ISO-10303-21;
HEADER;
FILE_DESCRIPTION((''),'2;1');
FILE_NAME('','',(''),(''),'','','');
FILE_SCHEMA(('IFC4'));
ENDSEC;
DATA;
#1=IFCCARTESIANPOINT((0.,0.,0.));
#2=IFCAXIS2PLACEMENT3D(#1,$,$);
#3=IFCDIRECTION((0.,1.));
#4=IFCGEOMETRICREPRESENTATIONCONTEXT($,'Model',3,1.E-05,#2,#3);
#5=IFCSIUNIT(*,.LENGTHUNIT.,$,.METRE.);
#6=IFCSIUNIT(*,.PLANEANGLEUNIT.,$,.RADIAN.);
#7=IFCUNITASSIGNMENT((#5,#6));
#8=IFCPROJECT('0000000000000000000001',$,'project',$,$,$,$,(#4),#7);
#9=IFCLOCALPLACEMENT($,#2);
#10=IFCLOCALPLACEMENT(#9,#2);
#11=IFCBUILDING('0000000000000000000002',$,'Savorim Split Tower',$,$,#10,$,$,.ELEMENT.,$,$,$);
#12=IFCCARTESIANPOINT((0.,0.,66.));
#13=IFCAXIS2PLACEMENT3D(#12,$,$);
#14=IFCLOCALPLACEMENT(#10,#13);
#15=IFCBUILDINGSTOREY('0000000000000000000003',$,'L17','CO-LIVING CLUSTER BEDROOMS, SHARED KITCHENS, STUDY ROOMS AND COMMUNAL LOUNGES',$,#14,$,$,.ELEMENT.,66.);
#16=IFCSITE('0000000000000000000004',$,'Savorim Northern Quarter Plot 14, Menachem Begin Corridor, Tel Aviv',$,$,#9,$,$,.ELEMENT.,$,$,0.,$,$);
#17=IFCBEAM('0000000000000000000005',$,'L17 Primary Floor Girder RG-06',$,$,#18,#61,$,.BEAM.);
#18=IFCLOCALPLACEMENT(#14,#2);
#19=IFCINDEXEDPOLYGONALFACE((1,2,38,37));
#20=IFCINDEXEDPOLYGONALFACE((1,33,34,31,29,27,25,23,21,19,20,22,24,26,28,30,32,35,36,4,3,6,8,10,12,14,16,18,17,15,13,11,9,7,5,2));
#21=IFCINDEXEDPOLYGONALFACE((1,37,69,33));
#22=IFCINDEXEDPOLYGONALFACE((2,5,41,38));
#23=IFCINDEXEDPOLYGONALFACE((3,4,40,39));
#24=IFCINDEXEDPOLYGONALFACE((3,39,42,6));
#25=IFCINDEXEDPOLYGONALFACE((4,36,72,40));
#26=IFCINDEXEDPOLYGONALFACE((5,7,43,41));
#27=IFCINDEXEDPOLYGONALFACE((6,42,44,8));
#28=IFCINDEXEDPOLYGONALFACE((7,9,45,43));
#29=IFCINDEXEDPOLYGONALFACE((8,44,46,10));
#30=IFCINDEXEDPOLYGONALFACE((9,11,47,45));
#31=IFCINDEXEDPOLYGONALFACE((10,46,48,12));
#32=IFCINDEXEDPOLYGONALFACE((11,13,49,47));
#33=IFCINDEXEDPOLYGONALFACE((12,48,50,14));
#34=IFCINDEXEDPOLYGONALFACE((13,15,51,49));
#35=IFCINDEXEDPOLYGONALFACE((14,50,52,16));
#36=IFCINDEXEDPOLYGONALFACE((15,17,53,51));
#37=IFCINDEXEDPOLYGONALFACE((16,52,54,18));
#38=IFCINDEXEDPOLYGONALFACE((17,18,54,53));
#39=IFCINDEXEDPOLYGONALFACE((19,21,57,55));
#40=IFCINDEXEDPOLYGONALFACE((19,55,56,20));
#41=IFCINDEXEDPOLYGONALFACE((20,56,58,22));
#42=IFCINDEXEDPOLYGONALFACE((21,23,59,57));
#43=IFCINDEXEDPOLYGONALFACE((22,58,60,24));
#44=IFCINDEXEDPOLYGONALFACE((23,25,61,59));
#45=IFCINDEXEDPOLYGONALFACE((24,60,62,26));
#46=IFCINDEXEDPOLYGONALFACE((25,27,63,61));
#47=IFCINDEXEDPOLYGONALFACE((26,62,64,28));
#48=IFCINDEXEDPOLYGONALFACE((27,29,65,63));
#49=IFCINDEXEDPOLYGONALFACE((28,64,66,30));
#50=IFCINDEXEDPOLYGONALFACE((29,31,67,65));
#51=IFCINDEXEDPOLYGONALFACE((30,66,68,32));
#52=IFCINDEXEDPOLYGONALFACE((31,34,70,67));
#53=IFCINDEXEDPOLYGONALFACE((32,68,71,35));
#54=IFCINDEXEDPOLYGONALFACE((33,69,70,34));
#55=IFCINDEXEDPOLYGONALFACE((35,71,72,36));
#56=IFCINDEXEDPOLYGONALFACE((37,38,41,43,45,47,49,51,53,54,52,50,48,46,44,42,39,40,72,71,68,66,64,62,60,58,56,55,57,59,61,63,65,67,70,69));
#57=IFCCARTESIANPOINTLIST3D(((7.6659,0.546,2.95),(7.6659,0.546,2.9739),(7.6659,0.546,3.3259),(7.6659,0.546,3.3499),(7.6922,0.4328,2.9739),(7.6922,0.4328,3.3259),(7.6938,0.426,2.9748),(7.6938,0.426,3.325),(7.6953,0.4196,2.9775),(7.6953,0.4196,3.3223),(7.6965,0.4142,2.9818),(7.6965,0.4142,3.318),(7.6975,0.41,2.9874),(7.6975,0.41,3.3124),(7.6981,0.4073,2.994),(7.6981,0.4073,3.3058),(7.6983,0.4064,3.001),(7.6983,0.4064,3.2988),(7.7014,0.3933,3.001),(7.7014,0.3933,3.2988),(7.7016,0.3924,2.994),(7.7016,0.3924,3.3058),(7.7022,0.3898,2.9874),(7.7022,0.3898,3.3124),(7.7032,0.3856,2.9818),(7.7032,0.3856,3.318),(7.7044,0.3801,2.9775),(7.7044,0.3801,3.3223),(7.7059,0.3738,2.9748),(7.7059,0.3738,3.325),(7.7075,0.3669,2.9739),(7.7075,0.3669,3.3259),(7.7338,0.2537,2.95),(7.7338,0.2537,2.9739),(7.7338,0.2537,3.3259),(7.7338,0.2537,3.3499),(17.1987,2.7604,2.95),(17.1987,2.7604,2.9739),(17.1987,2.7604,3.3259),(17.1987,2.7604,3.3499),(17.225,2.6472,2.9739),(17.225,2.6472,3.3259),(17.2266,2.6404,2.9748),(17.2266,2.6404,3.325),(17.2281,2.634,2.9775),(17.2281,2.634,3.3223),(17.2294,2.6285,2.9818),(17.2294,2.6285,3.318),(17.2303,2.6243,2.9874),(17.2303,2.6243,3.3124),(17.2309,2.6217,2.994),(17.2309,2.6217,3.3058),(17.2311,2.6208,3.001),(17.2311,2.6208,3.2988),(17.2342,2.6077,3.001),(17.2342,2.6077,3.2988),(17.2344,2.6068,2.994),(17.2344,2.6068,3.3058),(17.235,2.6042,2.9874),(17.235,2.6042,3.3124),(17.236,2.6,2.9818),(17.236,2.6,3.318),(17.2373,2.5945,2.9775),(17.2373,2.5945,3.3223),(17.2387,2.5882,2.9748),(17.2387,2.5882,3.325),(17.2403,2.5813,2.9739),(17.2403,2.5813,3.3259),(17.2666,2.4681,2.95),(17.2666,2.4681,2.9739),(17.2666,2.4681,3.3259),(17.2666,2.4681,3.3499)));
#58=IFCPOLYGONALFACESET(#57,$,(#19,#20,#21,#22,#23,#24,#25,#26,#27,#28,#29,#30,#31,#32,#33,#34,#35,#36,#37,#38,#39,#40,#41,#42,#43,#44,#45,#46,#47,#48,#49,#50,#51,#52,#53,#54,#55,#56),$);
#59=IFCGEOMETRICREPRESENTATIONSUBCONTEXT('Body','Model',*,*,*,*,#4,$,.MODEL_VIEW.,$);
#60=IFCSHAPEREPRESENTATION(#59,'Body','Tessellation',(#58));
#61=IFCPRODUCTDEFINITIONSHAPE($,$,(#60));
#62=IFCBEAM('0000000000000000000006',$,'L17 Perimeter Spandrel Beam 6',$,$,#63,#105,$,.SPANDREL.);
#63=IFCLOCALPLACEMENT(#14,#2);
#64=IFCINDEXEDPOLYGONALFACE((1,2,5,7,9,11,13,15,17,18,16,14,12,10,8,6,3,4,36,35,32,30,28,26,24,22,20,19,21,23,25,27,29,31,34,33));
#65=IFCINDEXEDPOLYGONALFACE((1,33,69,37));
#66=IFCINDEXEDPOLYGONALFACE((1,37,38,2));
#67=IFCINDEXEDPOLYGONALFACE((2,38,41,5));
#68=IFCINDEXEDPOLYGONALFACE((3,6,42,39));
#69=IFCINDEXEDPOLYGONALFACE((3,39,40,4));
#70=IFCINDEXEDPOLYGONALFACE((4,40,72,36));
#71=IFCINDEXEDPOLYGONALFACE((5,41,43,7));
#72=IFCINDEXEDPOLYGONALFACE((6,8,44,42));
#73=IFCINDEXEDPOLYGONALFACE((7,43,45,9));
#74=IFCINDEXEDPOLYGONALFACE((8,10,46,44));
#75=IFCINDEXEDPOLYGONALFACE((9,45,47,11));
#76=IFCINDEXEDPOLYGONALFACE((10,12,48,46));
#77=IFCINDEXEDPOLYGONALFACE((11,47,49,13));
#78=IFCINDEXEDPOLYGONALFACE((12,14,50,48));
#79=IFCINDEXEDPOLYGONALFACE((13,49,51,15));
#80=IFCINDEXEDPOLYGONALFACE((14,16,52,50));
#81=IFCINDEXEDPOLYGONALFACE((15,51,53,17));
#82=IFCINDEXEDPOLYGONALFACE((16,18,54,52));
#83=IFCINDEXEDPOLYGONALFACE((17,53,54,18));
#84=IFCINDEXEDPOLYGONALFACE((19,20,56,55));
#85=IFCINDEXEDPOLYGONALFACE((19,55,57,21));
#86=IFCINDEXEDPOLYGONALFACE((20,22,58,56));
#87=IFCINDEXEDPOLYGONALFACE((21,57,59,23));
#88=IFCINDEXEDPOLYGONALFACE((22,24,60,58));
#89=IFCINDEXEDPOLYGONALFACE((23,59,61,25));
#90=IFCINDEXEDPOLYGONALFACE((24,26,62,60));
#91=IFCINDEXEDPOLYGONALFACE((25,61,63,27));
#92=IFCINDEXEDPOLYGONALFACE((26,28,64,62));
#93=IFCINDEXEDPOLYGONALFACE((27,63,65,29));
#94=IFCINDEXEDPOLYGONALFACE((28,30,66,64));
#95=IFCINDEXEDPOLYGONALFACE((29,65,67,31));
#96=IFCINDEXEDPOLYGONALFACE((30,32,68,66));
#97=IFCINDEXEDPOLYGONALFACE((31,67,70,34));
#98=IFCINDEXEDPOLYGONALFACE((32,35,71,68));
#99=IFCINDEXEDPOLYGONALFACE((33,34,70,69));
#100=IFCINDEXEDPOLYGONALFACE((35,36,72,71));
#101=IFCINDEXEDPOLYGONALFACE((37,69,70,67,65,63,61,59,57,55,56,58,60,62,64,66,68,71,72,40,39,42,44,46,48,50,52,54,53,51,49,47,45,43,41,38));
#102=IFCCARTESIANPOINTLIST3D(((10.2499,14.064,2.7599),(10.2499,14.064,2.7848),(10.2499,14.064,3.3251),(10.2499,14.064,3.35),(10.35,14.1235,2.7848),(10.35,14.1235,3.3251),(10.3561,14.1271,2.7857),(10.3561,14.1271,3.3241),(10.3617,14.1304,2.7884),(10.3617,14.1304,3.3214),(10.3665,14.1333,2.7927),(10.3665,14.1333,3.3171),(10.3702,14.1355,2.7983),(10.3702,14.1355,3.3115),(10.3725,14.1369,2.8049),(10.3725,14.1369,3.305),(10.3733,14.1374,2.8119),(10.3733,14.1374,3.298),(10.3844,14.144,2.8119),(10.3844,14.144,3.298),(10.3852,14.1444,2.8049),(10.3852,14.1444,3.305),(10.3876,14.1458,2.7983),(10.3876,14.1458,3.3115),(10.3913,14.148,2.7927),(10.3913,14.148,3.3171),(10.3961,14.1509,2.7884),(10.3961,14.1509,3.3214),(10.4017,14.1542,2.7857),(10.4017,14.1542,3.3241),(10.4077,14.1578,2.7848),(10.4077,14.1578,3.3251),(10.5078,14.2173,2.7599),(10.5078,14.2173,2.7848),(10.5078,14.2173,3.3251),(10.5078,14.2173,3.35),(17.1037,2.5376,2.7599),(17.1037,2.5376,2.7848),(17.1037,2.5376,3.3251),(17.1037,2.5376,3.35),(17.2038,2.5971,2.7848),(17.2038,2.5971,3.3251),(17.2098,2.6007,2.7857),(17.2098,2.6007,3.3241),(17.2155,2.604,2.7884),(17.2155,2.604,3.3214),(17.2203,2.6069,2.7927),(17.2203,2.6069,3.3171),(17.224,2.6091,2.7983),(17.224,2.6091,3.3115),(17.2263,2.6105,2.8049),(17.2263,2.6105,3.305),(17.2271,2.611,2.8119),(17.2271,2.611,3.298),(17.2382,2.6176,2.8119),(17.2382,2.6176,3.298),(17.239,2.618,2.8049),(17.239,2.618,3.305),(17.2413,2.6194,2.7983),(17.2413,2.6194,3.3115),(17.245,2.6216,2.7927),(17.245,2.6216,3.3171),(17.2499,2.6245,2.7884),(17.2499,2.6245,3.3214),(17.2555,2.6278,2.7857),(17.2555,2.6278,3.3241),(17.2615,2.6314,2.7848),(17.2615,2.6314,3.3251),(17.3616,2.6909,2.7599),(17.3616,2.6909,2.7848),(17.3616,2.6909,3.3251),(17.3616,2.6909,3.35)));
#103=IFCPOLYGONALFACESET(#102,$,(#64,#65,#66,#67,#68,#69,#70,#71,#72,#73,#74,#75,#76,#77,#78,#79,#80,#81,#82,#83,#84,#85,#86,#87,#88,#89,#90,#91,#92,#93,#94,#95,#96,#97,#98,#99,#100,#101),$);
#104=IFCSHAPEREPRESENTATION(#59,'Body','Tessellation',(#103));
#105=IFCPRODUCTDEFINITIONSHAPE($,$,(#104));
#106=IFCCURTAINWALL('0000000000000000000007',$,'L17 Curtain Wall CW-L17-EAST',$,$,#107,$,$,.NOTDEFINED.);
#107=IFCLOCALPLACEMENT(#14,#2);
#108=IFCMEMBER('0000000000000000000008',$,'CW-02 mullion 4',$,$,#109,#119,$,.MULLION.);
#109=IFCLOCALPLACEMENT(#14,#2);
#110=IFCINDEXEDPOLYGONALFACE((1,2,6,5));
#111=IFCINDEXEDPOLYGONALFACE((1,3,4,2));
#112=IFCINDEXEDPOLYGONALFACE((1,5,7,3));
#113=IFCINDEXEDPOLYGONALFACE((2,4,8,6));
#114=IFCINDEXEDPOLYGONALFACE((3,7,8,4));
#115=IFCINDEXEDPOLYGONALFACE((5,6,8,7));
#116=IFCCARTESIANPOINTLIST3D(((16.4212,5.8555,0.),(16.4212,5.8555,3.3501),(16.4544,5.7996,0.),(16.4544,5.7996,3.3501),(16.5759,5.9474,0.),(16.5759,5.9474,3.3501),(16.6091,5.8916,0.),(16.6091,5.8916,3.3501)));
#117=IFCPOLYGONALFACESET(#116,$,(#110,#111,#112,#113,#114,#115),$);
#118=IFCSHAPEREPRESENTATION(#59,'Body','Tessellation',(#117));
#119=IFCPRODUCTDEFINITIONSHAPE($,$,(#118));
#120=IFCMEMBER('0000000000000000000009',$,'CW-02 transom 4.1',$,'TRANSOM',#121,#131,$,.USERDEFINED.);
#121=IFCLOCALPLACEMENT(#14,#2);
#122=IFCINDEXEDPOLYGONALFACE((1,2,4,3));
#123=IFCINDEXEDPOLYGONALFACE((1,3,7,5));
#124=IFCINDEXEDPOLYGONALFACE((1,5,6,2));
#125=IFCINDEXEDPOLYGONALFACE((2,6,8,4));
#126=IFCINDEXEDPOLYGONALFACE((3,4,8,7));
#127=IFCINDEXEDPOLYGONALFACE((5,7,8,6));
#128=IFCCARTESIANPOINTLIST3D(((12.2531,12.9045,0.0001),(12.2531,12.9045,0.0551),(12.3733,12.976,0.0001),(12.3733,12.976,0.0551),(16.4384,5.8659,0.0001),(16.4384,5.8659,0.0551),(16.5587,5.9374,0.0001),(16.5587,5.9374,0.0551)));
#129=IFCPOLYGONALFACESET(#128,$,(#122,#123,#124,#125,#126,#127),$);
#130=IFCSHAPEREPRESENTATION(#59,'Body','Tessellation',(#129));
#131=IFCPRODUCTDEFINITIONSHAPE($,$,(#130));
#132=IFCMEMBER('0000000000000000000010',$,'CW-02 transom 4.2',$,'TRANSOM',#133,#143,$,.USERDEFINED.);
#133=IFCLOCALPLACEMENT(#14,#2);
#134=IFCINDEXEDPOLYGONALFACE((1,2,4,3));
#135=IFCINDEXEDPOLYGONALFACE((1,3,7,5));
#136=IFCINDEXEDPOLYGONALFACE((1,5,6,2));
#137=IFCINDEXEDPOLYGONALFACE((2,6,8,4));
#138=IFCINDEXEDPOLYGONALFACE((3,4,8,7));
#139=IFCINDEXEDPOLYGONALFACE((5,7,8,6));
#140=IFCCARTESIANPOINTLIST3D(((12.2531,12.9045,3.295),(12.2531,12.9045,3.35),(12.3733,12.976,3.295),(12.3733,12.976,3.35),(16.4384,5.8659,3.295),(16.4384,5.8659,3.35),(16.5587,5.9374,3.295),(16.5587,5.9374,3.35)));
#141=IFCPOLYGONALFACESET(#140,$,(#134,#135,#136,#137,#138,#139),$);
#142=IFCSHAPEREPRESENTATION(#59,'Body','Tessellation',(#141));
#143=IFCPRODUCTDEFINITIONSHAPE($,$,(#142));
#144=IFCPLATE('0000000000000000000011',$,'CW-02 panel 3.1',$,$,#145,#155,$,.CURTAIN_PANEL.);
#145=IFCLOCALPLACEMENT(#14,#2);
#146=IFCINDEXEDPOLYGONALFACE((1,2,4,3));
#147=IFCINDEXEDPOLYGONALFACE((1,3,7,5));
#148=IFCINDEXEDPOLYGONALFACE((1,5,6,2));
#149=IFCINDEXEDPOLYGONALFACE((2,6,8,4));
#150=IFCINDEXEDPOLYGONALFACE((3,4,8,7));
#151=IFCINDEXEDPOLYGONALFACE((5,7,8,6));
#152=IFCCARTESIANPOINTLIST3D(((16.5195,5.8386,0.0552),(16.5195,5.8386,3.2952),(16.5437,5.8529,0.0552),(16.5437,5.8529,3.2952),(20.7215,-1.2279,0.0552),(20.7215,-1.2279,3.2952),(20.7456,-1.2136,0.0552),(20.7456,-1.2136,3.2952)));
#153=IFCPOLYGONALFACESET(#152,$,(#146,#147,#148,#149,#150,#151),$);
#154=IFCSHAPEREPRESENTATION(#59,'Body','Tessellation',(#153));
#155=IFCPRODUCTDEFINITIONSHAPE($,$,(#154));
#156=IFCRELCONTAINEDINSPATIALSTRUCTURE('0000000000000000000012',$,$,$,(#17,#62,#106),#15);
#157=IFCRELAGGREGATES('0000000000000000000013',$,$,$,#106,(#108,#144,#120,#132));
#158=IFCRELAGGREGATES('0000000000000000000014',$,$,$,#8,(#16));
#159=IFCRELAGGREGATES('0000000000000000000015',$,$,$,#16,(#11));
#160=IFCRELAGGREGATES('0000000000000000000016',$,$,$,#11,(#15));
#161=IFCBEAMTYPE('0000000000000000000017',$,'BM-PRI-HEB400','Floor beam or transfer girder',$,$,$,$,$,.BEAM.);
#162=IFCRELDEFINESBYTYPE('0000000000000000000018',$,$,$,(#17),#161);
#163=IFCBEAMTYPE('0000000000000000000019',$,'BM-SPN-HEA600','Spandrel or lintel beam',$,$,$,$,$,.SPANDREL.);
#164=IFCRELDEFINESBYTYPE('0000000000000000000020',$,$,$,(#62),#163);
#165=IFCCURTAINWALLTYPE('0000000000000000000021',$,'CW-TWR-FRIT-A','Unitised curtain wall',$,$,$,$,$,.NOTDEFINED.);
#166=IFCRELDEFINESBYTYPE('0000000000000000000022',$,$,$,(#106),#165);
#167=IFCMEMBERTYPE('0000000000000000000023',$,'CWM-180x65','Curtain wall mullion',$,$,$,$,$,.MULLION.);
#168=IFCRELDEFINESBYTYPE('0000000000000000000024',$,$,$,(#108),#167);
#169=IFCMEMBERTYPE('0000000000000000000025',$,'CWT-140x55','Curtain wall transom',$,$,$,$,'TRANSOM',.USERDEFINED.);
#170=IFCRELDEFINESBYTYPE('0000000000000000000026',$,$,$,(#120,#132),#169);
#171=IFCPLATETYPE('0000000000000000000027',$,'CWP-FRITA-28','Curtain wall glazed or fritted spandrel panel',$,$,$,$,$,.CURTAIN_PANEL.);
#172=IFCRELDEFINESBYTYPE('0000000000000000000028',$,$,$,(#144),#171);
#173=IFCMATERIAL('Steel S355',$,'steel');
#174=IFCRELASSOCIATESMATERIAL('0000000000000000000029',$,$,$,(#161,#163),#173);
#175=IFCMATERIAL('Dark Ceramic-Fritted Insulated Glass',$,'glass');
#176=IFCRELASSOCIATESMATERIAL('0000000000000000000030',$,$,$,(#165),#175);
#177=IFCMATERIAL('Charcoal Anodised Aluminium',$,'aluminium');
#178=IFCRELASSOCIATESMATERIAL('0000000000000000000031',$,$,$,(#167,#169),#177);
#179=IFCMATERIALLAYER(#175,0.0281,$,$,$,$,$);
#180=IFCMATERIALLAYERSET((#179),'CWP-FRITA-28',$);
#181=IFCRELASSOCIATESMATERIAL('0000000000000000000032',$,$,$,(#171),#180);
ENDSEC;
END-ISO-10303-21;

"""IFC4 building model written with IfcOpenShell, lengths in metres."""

from ifc_helpers import new_model, si_unit, direction, frame, origin, origin_2d, place, context, subcontext, project, spatial, rectangle, i_section, extrude, material, layer, layer_set, material_profile, profile_set, type_object, element, aggregate, save


model = new_model("IFC4")

# Units and contexts
model_context = context("Model", 3, precision=1e-05, world=origin(), true_north=direction((0.0, 1.0)))
body_context = subcontext(model_context, "Body", "Model", "MODEL_VIEW")
ifc_project = project(units=[si_unit("LENGTHUNIT", "METRE"), si_unit("PLANEANGLEUNIT", "RADIAN")], contexts=[model_context])

# Site, building, storey
site_placement = place(None, origin())
site = spatial("IfcSite", under=ifc_project, at=site_placement, Name="Savorim Northern Quarter Plot 14, Menachem Begin Corridor, Tel Aviv", CompositionType="ELEMENT", RefElevation=0.0)
building_placement = place(site_placement, origin())
building = spatial("IfcBuilding", under=site, at=building_placement, Name="Savorim Split Tower", CompositionType="ELEMENT")
storey_placement = place(building_placement, frame((0.0, 0.0, 66.0)))
storey = spatial("IfcBuildingStorey", under=building, at=storey_placement, Name="L17", Description="CO-LIVING CLUSTER BEDROOMS, SHARED KITCHENS, STUDY ROOMS AND COMMUNAL LOUNGES", CompositionType="ELEMENT", Elevation=66.0)

# Beams
ifc_material_1 = material(Name="Steel S355", Category="steel")
ifc_material_profile_1 = material_profile(ifc_material_1, i_section(OverallWidth=0.3, OverallDepth=0.3999, WebThickness=0.0134, FlangeThickness=0.0239, FilletRadius=0.0271, at=origin_2d()), Name="HEB 400")
ifc_profile_set_1 = profile_set([ifc_material_profile_1], Name="Steel S355")
beam_type_1 = type_object("IfcBeamType", Name="BM-PRI-HEB400", Description="Floor beam or transfer girder", PredefinedType="BEAM", material=ifc_profile_set_1)
beam_1_placement = place(storey_placement, frame((17.2327, 2.6143, 3.1499), z_axis=(-0.974066, -0.226266, 0.0), x_axis=(0.226266, -0.974066, 0.0)))
element("IfcBeam", 1, at=beam_1_placement, inside=storey, type_object=beam_type_1, Name="L17 Primary Floor Girder RG-06", PredefinedType="BEAM", context=body_context, shape_type="SweptSolid", body=[
    extrude(i_section(OverallWidth=0.3, OverallDepth=0.3999, WebThickness=0.0134, FlangeThickness=0.0239, FilletRadius=0.0271, at=origin_2d()), origin(), (0.0, 0.0, 1.0), 9.7866),
])
ifc_material_profile_2 = material_profile(ifc_material_1, i_section(OverallWidth=0.3, OverallDepth=0.5901, WebThickness=0.0129, FlangeThickness=0.0249, FilletRadius=0.0271, at=origin_2d()), Name="HEA 600")
ifc_profile_set_2 = profile_set([ifc_material_profile_2], Name="Steel S355")
beam_type_2 = type_object("IfcBeamType", Name="BM-SPN-HEA600", Description="Spandrel or lintel beam", PredefinedType="SPANDREL", material=ifc_profile_set_2)
beam_2_placement = place(storey_placement, frame((17.2327, 2.6143, 3.0549), z_axis=(-0.511089, 0.859528, 0.0), x_axis=(-0.859528, -0.511089, 0.0)))
element("IfcBeam", 2, at=beam_2_placement, inside=storey, type_object=beam_type_2, Name="L17 Perimeter Spandrel Beam 6", PredefinedType="SPANDREL", context=body_context, shape_type="SweptSolid", body=[
    extrude(i_section(OverallWidth=0.3, OverallDepth=0.5901, WebThickness=0.0129, FlangeThickness=0.0249, FilletRadius=0.0271, at=origin_2d()), origin(), (0.0, 0.0, 1.0), 13.4102),
])

# Curtain wall, members, plate
ifc_material_2 = material(Name="Dark Ceramic-Fritted Insulated Glass", Category="glass")
curtain_wall_type = type_object("IfcCurtainWallType", Name="CW-TWR-FRIT-A", Description="Unitised curtain wall", PredefinedType="NOTDEFINED", material=ifc_material_2)
curtain_wall_placement = place(storey_placement, origin())
curtain_wall = element("IfcCurtainWall", 3, at=curtain_wall_placement, inside=storey, type_object=curtain_wall_type, Name="L17 Curtain Wall CW-L17-EAST", PredefinedType="NOTDEFINED")
ifc_material_3 = material(Name="Charcoal Anodised Aluminium", Category="aluminium")
ifc_material_profile_3 = material_profile(ifc_material_3, rectangle(XDim=0.1799, YDim=0.0649, at=origin_2d()), Name="ALU-M 180x65")
ifc_profile_set_3 = profile_set([ifc_material_profile_3], Name="Charcoal Anodised Aluminium")
member_type_1 = type_object("IfcMemberType", Name="CWM-180x65", Description="Curtain wall mullion", PredefinedType="MULLION", material=ifc_profile_set_3)
member_1_placement = place(storey_placement, frame((16.5151, 5.8735, 0.0), z_axis=(0.0, 0.0, 1.0), x_axis=(-0.859526, -0.511092, 0.0)))
member_1 = element("IfcMember", 4, at=member_1_placement, type_object=member_type_1, Name="CW-02 mullion 4", PredefinedType="MULLION", context=body_context, shape_type="SweptSolid", body=[
    extrude(rectangle(XDim=0.1799, YDim=0.0649, at=origin_2d()), origin(), (0.0, 0.0, 1.0), 3.3501),
])
ifc_material_profile_4 = material_profile(ifc_material_3, rectangle(XDim=0.1399, YDim=0.0549, at=origin_2d()), Name="ALU-T 140x55")
ifc_profile_set_4 = profile_set([ifc_material_profile_4], Name="Charcoal Anodised Aluminium")
member_type_2 = type_object("IfcMemberType", Name="CWT-140x55", Description="Curtain wall transom", ElementType="TRANSOM", PredefinedType="USERDEFINED", material=ifc_profile_set_4)
member_2_placement = place(storey_placement, frame((16.4985, 5.9016, 0.0276), z_axis=(-0.511094, 0.859525, 0.0), x_axis=(-0.859525, -0.511094, 0.0)))
member_2 = element("IfcMember", 5, at=member_2_placement, type_object=member_type_2, Name="CW-02 transom 4.1", ObjectType="TRANSOM", PredefinedType="USERDEFINED", context=body_context, shape_type="SweptSolid", body=[
    extrude(rectangle(XDim=0.1399, YDim=0.0549, at=origin_2d()), origin(), (0.0, 0.0, 1.0), 8.189),
])
member_3_placement = place(storey_placement, frame((16.4985, 5.9016, 3.3225), z_axis=(-0.511094, 0.859525, 0.0), x_axis=(-0.859525, -0.511094, 0.0)))
member_3 = element("IfcMember", 6, at=member_3_placement, type_object=member_type_2, Name="CW-02 transom 4.2", ObjectType="TRANSOM", PredefinedType="USERDEFINED", context=body_context, shape_type="SweptSolid", body=[
    extrude(rectangle(XDim=0.1399, YDim=0.0549, at=origin_2d()), origin(), (0.0, 0.0, 1.0), 8.189),
])
ifc_layer_1 = layer(ifc_material_2, 0.0281)
ifc_layer_set_1 = layer_set([ifc_layer_1], Name="CWP-FRITA-28")
plate_type = type_object("IfcPlateType", Name="CWP-FRITA-28", Description="Curtain wall glazed or fritted spandrel panel", PredefinedType="CURTAIN_PANEL", material=ifc_layer_set_1)
plate_placement = place(storey_placement, frame((18.6326, 2.3125, 0.0552), z_axis=(0.0, 0.0, 1.0), x_axis=(-0.511092, 0.859526, 0.0)))
plate = element("IfcPlate", 7, at=plate_placement, type_object=plate_type, Name="CW-02 panel 3.1", PredefinedType="CURTAIN_PANEL", context=body_context, shape_type="SweptSolid", body=[
    extrude(rectangle(XDim=8.2214, YDim=0.0281, at=origin_2d()), origin(), (0.0, 0.0, 1.0), 3.24),
])
aggregate(curtain_wall, [member_1, plate, member_2, member_3])

save(model, "model.ifc")
